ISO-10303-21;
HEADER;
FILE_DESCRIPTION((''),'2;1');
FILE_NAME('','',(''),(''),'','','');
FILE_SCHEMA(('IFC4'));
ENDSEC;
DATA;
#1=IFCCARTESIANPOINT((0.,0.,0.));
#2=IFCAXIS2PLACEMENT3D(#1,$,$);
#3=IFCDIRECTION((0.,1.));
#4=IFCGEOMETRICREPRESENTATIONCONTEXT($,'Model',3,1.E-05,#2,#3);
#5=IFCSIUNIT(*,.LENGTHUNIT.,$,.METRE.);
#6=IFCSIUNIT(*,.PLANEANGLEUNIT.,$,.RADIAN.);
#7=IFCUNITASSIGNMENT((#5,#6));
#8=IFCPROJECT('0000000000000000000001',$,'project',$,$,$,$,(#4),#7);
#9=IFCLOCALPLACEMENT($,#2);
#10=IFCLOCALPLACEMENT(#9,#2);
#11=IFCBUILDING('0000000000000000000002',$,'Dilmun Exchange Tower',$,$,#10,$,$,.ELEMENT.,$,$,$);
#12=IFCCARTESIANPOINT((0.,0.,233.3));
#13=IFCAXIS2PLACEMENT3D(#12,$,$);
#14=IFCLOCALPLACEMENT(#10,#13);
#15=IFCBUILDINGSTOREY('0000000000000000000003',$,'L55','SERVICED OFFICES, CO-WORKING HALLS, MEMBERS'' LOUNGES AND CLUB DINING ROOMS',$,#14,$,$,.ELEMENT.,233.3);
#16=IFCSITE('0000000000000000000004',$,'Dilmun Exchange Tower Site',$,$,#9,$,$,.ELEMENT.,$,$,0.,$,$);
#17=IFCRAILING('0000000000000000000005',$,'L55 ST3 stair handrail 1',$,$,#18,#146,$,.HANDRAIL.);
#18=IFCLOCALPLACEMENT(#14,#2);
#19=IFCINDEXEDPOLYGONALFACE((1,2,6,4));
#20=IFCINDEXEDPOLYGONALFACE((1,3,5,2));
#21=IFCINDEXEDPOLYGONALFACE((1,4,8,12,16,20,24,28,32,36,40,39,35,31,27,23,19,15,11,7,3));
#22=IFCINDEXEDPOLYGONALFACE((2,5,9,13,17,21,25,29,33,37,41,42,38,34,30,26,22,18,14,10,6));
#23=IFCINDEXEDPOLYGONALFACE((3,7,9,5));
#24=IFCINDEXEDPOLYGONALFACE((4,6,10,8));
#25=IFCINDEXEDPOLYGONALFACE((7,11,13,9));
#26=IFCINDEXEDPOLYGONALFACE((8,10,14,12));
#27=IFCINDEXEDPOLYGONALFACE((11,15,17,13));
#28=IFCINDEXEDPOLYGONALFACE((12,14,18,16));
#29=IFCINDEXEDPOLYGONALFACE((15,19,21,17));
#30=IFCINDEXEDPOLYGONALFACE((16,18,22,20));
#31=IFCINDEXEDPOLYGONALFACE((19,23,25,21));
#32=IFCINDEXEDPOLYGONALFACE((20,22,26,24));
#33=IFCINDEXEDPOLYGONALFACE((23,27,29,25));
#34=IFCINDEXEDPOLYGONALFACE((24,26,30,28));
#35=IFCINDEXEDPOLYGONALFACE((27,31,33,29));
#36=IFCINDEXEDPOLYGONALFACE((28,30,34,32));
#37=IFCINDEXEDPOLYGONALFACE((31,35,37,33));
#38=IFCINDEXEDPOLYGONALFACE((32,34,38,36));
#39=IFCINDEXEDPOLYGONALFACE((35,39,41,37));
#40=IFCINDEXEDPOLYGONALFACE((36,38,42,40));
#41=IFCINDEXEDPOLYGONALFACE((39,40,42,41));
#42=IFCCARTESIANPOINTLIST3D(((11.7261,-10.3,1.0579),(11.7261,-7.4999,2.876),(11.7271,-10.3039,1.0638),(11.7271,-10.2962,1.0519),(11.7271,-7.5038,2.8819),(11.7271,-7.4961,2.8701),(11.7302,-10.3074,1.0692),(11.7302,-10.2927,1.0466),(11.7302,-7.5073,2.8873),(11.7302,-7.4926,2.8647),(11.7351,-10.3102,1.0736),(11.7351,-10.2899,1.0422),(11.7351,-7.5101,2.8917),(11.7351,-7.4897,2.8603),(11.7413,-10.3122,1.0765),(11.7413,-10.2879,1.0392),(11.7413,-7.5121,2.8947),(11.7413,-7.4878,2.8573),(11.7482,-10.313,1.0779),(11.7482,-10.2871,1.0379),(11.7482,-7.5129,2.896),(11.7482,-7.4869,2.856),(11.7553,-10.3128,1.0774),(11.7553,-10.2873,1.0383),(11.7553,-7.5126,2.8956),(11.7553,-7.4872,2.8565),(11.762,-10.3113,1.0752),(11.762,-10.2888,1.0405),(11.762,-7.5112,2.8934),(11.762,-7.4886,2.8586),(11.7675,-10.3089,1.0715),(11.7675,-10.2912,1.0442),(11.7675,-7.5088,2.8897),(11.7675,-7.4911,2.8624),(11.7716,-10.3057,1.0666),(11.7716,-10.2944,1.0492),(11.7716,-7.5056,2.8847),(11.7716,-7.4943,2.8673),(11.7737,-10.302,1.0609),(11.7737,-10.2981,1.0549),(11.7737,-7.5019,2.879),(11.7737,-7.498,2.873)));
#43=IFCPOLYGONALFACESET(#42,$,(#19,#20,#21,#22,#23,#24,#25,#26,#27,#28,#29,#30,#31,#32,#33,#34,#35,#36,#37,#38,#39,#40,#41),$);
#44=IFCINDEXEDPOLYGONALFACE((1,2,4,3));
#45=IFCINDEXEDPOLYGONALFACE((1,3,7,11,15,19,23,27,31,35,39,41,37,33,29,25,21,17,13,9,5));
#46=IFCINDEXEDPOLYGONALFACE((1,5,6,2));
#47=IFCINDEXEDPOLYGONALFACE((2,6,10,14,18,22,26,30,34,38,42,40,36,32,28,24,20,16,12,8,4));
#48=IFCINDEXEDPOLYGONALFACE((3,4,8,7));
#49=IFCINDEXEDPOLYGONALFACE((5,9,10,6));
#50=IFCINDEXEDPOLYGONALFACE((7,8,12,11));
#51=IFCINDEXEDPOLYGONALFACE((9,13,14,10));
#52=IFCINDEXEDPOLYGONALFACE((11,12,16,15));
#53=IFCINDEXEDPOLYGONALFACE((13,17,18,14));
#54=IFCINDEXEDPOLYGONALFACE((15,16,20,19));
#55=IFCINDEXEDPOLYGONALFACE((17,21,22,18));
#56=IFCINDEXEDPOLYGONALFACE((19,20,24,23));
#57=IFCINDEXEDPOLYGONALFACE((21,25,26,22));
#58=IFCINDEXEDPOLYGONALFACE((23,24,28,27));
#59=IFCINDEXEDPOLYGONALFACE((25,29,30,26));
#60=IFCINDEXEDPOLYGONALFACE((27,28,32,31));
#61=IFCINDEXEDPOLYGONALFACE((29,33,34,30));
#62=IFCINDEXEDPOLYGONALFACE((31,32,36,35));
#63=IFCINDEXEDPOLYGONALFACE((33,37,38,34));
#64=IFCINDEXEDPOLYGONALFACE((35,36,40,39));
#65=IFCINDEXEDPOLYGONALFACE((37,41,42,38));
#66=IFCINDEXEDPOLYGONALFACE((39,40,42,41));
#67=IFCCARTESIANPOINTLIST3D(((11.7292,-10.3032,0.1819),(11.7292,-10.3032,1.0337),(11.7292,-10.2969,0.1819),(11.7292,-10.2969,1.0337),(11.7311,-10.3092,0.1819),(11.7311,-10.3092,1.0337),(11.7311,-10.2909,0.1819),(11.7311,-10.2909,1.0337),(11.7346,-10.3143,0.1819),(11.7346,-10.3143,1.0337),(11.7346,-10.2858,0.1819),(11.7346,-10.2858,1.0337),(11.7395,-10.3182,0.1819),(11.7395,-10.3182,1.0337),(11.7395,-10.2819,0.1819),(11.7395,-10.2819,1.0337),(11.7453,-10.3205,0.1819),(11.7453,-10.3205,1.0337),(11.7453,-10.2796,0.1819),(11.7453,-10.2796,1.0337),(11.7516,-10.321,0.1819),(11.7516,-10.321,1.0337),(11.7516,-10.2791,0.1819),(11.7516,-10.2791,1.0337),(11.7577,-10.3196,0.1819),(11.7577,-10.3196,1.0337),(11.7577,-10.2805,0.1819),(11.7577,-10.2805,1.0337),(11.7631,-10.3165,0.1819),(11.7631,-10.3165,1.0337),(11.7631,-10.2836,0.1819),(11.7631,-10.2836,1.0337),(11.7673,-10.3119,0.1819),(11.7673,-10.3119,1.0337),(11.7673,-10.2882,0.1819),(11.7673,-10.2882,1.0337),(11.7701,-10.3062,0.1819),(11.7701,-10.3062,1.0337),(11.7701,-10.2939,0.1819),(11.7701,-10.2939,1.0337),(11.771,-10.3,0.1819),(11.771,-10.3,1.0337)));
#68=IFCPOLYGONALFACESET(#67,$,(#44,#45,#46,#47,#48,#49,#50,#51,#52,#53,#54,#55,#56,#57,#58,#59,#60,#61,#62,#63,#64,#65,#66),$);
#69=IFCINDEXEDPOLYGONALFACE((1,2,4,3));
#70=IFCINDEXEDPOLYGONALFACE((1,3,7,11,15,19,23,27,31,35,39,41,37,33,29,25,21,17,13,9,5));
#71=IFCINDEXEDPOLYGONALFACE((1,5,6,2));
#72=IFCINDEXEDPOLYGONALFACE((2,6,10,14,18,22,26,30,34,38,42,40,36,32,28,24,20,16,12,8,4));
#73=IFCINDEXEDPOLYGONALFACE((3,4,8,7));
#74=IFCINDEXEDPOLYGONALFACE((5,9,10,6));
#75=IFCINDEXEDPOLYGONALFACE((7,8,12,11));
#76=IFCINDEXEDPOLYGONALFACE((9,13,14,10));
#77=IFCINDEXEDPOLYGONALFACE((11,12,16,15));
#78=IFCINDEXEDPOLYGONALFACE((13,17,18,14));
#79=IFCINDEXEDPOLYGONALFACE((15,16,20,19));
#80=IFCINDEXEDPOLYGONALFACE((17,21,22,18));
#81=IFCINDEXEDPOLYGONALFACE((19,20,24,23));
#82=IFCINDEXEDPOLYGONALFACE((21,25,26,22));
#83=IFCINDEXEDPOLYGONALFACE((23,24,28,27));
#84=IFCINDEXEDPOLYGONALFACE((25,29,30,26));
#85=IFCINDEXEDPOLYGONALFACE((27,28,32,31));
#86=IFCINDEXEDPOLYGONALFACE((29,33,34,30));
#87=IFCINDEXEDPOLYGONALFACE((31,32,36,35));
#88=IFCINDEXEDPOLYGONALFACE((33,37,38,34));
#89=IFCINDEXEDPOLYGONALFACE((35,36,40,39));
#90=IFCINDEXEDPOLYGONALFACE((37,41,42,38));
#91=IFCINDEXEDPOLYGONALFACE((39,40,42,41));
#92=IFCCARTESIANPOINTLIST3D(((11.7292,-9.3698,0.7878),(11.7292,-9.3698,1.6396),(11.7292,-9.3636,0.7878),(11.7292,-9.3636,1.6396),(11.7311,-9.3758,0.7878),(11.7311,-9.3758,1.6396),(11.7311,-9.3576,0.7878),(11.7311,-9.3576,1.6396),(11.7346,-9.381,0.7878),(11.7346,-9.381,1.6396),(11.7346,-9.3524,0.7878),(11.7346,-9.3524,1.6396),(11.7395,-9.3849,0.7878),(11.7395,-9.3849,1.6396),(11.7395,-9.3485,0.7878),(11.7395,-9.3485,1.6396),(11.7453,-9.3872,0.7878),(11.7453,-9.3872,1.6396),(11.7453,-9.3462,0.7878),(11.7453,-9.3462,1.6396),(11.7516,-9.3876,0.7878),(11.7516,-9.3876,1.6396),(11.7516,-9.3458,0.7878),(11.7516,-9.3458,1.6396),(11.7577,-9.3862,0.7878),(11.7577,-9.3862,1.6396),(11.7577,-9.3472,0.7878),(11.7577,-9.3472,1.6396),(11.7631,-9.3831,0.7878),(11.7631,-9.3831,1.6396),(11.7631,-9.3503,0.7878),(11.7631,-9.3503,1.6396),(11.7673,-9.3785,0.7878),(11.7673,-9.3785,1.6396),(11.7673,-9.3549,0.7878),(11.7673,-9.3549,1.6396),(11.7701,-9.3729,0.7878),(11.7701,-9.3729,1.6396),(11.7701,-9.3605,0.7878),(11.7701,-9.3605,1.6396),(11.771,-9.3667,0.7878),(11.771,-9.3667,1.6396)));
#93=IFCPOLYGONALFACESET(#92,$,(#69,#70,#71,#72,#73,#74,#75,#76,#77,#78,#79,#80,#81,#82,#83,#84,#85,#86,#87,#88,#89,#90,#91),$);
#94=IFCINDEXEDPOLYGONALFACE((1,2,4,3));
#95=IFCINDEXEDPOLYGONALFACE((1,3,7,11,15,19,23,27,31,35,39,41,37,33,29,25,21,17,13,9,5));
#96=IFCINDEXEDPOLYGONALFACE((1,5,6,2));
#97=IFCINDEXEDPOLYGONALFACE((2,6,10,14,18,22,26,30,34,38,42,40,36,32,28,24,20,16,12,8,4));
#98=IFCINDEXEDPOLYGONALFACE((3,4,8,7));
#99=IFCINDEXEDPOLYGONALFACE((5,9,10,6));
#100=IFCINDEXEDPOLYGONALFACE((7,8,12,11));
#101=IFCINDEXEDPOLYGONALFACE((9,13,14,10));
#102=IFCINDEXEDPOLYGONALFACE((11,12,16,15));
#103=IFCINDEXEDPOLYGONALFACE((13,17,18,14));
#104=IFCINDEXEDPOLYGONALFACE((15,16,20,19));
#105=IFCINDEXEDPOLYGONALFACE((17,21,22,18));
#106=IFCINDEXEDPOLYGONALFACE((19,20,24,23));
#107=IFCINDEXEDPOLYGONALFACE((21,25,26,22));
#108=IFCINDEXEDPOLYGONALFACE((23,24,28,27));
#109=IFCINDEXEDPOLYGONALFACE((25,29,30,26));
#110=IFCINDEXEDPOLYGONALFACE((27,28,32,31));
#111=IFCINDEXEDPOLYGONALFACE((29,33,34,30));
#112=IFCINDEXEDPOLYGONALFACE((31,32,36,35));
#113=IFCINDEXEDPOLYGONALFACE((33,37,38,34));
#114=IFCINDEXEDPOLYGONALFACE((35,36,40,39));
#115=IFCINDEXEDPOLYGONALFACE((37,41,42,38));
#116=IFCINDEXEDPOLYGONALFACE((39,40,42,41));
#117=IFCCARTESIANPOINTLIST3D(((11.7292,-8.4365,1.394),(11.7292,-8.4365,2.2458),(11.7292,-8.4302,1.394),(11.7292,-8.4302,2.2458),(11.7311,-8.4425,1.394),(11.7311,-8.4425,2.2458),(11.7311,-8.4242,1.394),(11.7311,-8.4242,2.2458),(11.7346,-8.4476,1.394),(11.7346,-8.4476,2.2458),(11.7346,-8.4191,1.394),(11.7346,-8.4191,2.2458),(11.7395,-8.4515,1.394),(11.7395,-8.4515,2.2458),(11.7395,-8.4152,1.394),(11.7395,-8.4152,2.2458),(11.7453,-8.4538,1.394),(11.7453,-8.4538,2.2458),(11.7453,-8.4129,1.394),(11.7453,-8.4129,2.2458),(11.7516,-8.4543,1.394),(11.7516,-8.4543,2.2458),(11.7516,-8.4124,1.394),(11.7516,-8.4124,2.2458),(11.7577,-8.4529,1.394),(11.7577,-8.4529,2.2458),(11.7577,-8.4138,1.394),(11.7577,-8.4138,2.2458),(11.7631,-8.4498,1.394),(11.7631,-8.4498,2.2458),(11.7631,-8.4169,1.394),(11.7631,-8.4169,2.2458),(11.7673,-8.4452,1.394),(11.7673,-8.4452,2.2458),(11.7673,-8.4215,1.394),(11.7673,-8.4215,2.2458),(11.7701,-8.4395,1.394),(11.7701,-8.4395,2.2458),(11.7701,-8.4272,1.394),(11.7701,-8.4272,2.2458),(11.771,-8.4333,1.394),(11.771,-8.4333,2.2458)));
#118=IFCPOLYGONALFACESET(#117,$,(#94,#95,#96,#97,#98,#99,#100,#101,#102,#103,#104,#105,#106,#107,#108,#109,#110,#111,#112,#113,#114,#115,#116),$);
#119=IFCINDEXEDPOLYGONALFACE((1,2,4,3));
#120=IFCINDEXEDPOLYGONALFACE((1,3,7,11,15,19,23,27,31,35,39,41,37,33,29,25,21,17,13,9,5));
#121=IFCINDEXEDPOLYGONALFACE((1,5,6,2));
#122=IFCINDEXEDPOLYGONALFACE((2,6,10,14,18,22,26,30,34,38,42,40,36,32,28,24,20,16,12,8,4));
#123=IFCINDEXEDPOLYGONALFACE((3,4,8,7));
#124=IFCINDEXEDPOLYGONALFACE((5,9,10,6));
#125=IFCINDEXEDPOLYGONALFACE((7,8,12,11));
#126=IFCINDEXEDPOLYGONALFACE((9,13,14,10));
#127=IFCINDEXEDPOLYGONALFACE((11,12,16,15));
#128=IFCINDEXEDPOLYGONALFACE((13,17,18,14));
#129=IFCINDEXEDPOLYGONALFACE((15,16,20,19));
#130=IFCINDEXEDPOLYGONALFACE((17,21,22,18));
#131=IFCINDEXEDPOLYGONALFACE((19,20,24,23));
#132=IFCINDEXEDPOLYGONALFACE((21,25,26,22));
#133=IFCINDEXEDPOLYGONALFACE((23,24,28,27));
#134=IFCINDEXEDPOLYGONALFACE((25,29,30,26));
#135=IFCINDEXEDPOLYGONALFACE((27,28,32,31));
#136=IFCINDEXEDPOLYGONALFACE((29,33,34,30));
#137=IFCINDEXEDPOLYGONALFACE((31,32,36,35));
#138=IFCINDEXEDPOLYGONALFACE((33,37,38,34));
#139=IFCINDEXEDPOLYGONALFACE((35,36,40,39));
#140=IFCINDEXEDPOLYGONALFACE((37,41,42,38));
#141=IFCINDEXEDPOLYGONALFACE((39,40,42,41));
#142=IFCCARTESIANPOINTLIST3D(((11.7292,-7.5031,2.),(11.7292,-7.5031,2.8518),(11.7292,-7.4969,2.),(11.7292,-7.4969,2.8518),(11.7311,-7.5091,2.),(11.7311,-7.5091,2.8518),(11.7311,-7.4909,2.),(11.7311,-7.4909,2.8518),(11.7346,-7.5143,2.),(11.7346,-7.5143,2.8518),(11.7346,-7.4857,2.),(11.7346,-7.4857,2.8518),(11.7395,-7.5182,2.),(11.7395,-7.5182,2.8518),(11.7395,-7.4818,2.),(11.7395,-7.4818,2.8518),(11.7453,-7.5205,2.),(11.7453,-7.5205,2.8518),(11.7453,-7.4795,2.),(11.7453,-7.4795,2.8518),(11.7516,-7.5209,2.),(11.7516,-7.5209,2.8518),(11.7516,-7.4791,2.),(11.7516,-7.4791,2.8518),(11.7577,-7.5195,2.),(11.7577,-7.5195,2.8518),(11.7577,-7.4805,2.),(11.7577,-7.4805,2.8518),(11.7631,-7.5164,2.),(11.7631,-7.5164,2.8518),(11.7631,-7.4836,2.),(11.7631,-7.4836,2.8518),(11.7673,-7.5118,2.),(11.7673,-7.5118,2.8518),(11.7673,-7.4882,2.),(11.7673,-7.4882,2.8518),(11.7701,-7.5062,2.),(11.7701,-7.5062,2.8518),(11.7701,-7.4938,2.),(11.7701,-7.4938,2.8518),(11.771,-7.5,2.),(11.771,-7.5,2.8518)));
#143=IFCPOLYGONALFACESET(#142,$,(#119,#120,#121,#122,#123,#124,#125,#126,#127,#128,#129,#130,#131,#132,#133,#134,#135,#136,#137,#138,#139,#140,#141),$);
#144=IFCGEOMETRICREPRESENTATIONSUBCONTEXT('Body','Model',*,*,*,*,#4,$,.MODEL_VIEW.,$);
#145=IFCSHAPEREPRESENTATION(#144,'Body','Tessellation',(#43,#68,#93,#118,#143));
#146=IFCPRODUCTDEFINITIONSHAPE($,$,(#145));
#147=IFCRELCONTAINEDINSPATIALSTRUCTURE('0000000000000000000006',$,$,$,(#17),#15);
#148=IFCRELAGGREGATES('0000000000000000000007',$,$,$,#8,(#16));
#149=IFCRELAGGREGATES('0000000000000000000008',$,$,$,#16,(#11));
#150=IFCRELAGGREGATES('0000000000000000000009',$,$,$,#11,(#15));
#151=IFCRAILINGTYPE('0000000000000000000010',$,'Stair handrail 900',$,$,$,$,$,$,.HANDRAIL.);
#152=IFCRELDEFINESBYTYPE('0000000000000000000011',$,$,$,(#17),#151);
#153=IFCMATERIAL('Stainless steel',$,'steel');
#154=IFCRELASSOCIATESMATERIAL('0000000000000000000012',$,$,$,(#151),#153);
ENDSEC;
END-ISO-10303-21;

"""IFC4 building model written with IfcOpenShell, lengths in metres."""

from ifc_helpers import new_model, si_unit, direction, frame, origin, origin_2d, place, context, subcontext, project, spatial, circle, extrude, material, type_object, element, save


model = new_model("IFC4")

# Units and contexts
model_context = context("Model", 3, precision=1e-05, world=origin(), true_north=direction((0.0, 1.0)))
body_context = subcontext(model_context, "Body", "Model", "MODEL_VIEW")
ifc_project = project(units=[si_unit("LENGTHUNIT", "METRE"), si_unit("PLANEANGLEUNIT", "RADIAN")], contexts=[model_context])

# Site, building, storey
site_placement = place(None, origin())
site = spatial("IfcSite", under=ifc_project, at=site_placement, Name="Dilmun Exchange Tower Site", CompositionType="ELEMENT", RefElevation=0.0)
building_placement = place(site_placement, origin())
building = spatial("IfcBuilding", under=site, at=building_placement, Name="Dilmun Exchange Tower", CompositionType="ELEMENT")
storey_placement = place(building_placement, frame((0.0, 0.0, 233.3)))
storey = spatial("IfcBuildingStorey", under=building, at=storey_placement, Name="L55", Description="SERVICED OFFICES, CO-WORKING HALLS, MEMBERS' LOUNGES AND CLUB DINING ROOMS", CompositionType="ELEMENT", Elevation=233.3)

# Railing
ifc_material_1 = material(Name="Stainless steel", Category="steel")
railing_type = type_object("IfcRailingType", Name="Stair handrail 900", PredefinedType="HANDRAIL", material=ifc_material_1)
railing_1_placement = place(storey_placement, frame((11.75, -10.3, 0.1819)))
element("IfcRailing", 1, at=railing_1_placement, inside=storey, type_object=railing_type, Name="L55 ST3 stair handrail 1", PredefinedType="HANDRAIL", context=body_context, shape_type="SweptSolid", body=[
    extrude(circle(Radius=0.0239, at=origin_2d()), frame((0.0, 0.0, 0.876), z_axis=(0.0, 0.838706, 0.544585), x_axis=(-1.0, 0.0, 0.0)), (0.0, 0.0, 1.0), 3.3386),
    extrude(circle(Radius=0.021, at=origin_2d()), origin(), (0.0, 0.0, 1.0), 0.8518),
    extrude(circle(Radius=0.021, at=origin_2d()), frame((0.0, 0.9333, 0.606)), (0.0, 0.0, 1.0), 0.8518),
    extrude(circle(Radius=0.021, at=origin_2d()), frame((0.0, 1.8667, 1.2122)), (0.0, 0.0, 1.0), 0.8518),
    extrude(circle(Radius=0.021, at=origin_2d()), frame((0.0, 2.8, 1.8181)), (0.0, 0.0, 1.0), 0.8518),
])

save(model, "model.ifc")
